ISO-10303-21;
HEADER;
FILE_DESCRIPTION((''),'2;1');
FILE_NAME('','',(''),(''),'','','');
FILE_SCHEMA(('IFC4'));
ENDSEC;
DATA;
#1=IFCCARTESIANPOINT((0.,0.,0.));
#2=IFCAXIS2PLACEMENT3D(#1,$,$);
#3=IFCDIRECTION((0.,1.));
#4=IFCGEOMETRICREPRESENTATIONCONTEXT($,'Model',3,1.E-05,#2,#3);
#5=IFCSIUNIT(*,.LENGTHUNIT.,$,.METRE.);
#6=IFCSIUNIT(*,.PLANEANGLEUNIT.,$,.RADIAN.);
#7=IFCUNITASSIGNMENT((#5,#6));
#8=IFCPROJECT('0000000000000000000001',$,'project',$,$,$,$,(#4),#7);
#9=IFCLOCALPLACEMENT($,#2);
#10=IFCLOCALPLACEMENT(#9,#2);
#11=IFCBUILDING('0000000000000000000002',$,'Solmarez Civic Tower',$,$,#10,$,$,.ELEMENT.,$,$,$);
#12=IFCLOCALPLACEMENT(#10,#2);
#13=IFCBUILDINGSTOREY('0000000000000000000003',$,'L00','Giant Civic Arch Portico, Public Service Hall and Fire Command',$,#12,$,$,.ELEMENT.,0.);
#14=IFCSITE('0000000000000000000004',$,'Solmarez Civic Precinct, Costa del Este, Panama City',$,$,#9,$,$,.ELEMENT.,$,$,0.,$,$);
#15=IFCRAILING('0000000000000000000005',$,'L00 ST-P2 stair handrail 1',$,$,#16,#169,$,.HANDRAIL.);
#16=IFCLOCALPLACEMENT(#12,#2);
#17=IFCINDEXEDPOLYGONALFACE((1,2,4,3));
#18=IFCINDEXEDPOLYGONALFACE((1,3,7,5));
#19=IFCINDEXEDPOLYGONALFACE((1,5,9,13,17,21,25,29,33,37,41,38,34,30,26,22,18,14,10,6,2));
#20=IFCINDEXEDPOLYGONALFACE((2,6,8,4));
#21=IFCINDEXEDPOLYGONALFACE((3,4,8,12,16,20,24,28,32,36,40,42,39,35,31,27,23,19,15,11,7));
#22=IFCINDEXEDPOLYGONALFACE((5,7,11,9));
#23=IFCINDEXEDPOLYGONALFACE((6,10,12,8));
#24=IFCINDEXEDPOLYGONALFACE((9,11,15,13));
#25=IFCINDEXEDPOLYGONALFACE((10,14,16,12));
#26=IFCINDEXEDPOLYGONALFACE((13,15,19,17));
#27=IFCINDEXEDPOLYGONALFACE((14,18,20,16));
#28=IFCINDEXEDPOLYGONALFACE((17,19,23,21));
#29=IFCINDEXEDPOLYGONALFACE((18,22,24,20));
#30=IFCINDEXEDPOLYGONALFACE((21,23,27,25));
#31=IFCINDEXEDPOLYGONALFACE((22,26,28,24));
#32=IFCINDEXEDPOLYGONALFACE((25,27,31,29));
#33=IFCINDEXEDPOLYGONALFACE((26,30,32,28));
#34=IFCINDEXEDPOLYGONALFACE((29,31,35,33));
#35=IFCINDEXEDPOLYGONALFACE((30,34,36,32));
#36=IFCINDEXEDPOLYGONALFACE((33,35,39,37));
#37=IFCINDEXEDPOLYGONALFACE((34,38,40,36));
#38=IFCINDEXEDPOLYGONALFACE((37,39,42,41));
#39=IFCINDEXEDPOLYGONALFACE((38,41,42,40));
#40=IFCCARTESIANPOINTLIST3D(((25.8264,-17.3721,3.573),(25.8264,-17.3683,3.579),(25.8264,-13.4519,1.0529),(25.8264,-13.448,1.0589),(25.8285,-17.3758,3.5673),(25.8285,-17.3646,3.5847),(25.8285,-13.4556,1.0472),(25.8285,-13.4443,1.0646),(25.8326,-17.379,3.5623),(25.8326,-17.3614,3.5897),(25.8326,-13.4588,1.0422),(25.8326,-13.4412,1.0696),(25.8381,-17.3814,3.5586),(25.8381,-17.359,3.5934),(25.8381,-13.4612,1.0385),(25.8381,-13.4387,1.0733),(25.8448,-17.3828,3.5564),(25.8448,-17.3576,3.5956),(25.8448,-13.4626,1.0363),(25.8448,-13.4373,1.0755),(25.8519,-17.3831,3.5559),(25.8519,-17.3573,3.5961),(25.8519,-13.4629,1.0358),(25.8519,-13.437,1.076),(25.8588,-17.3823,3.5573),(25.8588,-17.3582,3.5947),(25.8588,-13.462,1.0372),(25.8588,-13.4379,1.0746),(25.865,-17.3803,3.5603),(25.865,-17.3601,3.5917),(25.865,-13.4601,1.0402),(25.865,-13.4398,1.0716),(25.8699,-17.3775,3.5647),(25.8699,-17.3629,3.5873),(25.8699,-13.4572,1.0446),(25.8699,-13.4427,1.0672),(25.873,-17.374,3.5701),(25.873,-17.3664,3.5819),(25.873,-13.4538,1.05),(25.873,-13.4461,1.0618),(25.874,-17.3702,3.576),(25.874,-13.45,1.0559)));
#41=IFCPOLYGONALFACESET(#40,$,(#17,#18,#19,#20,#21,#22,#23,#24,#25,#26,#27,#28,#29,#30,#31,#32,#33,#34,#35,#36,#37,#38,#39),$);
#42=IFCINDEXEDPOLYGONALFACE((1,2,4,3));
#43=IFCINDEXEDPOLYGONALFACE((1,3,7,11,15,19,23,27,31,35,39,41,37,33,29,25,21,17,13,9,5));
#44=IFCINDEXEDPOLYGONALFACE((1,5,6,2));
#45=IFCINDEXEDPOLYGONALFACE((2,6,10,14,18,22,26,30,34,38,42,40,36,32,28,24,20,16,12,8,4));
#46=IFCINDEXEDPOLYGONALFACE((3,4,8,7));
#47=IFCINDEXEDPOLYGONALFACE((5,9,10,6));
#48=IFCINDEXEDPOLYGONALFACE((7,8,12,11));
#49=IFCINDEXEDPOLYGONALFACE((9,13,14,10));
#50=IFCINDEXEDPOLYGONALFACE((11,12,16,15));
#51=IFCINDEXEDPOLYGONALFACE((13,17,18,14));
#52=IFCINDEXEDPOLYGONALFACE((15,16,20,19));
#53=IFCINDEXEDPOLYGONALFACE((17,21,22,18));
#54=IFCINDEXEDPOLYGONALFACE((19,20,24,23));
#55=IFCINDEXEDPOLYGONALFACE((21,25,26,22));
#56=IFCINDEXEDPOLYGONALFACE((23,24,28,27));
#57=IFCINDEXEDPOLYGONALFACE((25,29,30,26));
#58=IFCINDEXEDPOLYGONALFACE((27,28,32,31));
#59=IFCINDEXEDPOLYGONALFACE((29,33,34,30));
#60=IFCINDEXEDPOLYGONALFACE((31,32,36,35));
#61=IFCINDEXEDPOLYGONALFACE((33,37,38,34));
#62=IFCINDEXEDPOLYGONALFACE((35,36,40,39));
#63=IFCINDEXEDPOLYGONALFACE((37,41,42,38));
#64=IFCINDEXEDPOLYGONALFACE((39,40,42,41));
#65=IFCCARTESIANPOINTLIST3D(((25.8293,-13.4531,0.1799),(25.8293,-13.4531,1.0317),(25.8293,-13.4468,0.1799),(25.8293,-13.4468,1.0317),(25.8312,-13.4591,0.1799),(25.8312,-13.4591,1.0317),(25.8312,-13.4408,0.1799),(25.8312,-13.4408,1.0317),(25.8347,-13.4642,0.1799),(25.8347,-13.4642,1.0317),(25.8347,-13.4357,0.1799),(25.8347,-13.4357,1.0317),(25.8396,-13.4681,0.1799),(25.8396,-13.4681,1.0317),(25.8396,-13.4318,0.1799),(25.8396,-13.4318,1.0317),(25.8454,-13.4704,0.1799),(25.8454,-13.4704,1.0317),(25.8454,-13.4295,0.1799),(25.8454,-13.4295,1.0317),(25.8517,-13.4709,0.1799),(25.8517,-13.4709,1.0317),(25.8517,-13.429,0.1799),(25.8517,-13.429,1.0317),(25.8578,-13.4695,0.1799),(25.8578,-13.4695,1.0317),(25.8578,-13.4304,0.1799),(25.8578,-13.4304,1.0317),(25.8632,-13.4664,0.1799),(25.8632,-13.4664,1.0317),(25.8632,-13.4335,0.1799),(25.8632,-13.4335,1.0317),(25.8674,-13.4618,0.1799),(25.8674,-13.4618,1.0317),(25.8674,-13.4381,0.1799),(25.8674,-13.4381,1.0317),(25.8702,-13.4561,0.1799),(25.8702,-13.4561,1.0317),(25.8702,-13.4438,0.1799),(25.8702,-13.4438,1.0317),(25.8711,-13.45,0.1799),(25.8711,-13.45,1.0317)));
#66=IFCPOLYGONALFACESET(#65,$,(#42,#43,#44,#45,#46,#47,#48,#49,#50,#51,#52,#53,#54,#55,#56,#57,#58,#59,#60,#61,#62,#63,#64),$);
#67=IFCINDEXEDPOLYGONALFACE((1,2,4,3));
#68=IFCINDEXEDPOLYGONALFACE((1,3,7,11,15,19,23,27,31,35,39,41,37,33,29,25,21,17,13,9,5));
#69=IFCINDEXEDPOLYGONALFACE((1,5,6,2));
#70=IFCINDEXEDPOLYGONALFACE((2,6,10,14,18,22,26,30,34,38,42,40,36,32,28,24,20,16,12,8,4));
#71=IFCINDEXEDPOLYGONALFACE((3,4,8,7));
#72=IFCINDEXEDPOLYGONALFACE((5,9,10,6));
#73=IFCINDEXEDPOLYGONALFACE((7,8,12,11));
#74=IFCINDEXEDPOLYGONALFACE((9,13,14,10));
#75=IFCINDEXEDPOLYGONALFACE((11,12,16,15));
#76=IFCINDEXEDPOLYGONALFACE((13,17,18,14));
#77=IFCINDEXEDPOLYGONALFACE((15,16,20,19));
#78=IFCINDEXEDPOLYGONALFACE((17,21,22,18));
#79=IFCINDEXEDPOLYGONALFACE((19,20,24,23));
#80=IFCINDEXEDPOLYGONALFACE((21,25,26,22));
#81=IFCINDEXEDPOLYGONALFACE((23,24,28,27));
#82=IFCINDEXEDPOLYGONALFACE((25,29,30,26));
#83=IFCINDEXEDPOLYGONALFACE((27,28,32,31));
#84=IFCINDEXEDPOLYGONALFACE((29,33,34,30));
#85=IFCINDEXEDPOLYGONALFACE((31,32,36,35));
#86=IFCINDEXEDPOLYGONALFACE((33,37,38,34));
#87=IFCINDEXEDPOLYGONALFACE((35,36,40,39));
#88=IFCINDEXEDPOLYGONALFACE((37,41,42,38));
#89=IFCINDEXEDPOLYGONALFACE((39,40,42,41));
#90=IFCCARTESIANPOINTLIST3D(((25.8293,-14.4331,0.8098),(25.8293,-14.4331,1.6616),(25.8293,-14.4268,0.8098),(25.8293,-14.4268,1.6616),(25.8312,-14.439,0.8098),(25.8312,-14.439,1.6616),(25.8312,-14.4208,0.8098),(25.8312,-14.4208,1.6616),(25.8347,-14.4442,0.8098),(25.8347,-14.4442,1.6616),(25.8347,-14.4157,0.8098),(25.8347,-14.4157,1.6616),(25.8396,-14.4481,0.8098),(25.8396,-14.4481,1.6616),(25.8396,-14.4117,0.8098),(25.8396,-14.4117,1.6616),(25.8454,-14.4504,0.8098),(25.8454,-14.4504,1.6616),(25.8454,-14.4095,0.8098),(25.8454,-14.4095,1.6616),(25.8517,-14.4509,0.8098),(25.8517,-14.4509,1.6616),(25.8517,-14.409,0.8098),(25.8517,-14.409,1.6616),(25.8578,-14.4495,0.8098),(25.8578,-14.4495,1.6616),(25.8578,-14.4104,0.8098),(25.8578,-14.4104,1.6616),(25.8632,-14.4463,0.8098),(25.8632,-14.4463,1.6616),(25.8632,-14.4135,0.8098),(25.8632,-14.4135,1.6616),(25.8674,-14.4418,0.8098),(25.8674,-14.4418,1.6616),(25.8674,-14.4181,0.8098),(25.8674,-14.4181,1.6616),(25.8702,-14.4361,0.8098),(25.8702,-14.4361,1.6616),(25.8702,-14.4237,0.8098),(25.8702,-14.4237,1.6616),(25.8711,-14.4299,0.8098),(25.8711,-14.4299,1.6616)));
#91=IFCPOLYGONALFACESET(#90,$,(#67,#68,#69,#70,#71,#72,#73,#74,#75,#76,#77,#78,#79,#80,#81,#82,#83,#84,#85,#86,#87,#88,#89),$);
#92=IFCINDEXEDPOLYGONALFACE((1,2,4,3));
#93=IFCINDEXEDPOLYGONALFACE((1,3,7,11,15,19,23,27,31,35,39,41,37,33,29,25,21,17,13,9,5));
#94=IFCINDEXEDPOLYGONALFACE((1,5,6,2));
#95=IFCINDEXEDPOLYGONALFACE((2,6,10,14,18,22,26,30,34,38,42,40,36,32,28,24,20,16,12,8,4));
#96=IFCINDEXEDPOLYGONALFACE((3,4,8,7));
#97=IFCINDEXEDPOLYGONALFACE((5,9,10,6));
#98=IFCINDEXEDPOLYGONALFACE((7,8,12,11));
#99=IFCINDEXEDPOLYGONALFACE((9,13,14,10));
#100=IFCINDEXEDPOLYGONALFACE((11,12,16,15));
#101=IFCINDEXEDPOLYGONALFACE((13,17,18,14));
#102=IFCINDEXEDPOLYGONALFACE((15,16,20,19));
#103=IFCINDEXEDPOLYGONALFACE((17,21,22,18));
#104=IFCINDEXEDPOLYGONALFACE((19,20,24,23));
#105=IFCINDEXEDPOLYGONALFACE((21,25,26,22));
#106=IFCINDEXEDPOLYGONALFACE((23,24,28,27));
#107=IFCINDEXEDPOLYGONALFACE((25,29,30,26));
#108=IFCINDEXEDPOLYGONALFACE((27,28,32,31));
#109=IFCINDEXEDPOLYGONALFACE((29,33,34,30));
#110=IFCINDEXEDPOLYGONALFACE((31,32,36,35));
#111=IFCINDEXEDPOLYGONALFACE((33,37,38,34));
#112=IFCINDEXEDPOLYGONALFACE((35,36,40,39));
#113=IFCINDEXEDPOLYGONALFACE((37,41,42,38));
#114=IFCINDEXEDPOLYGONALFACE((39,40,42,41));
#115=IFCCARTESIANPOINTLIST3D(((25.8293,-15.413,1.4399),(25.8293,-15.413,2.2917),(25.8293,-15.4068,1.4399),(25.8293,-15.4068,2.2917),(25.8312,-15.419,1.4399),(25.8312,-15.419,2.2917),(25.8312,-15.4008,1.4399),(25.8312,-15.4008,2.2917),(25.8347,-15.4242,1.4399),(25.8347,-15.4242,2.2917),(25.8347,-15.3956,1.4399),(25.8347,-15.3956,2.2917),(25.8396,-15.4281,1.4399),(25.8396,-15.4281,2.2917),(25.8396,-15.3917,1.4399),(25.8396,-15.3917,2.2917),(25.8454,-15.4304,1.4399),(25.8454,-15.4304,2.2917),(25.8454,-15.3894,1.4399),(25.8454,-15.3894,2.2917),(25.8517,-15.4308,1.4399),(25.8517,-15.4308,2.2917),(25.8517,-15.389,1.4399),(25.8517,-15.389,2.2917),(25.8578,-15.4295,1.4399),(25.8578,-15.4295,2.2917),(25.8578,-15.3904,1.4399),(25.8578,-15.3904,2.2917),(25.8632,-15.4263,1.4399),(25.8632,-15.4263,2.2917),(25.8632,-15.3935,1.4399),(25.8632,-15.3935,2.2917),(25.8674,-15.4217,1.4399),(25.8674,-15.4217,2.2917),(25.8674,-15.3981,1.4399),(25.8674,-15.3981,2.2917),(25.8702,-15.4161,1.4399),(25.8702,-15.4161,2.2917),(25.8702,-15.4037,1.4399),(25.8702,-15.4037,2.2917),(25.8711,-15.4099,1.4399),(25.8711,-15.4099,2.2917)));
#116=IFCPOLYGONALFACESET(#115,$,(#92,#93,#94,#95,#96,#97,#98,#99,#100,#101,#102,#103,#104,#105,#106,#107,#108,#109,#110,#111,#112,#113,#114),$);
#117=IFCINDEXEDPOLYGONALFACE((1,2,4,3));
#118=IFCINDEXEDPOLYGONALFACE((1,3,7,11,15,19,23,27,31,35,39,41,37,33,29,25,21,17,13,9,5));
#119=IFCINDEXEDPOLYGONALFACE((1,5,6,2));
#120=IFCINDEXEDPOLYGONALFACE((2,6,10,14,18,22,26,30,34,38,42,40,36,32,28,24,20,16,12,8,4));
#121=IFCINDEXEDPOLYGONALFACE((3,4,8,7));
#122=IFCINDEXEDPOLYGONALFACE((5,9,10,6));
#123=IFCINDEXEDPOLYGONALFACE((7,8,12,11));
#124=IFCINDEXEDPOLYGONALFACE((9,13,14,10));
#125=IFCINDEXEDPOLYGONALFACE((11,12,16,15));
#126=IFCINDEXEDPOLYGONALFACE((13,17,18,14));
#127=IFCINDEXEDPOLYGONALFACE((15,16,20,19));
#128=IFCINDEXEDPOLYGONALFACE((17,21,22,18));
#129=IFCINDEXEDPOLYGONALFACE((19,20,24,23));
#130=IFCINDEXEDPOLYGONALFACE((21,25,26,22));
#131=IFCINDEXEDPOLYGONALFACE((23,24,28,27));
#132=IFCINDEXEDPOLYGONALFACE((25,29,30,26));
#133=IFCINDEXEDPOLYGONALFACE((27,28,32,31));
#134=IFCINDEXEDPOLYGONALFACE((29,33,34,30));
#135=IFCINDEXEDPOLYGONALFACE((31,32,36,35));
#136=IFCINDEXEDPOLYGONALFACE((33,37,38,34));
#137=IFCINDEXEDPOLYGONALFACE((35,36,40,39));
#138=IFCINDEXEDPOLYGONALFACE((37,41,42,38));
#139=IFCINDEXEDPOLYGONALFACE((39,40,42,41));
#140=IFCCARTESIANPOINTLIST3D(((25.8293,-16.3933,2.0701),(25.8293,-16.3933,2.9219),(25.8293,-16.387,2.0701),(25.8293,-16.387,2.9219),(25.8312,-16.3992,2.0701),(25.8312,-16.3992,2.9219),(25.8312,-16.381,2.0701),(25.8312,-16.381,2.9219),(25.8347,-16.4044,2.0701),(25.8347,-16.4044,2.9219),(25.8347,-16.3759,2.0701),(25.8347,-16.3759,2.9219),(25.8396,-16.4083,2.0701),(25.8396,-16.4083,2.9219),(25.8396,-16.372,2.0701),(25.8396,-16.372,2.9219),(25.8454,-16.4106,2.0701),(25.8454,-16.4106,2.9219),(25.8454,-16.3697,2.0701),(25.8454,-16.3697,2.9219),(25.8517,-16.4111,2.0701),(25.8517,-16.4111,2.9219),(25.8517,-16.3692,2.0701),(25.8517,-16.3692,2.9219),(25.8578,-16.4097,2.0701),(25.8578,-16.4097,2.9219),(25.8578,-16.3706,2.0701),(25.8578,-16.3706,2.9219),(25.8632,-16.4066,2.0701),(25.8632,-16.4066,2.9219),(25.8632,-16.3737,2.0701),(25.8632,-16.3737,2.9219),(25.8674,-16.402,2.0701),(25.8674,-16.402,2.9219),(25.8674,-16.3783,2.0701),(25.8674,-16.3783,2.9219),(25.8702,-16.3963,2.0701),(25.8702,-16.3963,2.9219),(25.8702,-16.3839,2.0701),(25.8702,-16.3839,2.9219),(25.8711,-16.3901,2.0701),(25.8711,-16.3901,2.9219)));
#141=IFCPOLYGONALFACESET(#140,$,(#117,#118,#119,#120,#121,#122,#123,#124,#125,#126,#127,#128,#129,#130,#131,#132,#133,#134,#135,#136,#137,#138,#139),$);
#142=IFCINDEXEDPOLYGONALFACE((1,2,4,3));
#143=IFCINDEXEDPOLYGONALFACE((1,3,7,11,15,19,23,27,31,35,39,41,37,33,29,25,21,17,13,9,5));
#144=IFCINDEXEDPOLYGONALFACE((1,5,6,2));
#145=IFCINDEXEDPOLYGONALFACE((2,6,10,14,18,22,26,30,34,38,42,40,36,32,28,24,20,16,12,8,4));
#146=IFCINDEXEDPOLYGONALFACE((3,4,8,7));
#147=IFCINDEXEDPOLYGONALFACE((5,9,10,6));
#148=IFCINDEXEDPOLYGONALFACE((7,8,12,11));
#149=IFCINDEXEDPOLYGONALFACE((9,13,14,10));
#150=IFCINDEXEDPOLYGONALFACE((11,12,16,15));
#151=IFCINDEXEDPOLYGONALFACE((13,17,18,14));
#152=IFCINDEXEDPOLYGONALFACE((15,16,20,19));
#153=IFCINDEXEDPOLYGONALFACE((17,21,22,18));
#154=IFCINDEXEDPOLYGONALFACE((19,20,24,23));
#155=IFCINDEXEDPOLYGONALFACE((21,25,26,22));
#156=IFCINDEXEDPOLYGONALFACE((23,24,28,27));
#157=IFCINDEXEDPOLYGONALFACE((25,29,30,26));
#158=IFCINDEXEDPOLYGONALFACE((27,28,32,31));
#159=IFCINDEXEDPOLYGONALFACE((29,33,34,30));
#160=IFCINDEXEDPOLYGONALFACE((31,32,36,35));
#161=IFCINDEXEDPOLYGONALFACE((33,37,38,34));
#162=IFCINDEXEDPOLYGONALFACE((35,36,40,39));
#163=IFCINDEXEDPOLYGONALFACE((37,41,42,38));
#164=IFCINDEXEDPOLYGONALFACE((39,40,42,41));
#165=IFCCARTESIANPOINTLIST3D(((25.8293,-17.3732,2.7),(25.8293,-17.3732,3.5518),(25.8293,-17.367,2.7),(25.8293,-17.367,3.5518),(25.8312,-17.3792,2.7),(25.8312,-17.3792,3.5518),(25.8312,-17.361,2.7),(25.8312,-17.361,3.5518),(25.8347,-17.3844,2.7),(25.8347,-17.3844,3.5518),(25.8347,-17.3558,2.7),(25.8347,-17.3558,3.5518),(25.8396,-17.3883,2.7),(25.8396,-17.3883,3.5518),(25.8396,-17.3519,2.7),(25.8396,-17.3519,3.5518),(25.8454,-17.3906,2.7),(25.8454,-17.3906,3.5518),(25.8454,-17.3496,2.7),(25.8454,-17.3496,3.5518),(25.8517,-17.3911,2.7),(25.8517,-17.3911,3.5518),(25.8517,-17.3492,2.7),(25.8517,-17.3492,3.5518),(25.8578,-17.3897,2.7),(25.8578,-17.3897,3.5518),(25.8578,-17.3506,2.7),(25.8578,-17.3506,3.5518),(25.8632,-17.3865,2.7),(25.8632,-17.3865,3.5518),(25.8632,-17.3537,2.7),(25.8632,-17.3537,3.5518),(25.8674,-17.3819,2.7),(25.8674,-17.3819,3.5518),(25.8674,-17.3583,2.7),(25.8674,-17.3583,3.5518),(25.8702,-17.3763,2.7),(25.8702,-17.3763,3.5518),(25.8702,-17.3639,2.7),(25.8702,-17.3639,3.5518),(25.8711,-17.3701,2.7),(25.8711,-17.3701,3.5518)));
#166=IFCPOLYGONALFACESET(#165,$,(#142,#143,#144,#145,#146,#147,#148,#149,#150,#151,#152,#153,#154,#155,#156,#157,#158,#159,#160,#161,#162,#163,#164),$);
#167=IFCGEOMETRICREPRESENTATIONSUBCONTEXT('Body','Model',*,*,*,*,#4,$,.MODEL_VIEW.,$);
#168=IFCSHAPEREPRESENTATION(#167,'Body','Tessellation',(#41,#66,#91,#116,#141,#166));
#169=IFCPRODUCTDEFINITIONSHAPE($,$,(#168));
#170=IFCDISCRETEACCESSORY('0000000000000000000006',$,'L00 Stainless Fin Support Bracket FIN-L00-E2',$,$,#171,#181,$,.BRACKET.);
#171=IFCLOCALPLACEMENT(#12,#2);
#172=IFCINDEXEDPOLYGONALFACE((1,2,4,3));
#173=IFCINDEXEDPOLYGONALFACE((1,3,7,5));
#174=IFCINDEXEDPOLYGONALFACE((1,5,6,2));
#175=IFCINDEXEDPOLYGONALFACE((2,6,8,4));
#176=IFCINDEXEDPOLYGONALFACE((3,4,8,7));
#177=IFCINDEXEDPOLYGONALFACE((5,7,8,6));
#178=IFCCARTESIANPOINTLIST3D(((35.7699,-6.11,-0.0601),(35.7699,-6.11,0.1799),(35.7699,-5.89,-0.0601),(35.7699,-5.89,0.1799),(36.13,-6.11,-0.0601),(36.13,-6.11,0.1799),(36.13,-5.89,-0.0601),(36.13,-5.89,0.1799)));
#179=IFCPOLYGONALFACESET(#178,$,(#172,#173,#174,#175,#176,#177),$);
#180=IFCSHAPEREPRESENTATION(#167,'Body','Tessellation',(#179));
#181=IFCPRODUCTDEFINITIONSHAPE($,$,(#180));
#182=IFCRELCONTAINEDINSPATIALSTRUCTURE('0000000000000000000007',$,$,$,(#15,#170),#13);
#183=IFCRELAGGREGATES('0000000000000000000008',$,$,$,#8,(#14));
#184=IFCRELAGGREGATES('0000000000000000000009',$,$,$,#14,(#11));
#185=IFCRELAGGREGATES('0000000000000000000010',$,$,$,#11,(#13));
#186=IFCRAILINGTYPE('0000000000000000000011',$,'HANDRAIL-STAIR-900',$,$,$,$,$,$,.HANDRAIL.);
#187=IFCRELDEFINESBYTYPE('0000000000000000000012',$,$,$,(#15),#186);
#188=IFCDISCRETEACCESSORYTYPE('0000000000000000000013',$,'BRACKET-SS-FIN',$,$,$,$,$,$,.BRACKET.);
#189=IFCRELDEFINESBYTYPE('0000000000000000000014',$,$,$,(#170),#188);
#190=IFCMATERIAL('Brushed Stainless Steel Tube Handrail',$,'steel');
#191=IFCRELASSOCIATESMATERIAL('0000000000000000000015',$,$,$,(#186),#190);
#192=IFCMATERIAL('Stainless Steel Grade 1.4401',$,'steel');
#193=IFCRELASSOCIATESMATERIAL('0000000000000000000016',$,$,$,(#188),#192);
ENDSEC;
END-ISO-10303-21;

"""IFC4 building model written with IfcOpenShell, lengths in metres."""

from ifc_helpers import new_model, si_unit, direction, frame, origin, origin_2d, place, context, subcontext, project, spatial, rectangle, circle, extrude, material, type_object, element, save


model = new_model("IFC4")

# Units and contexts
model_context = context("Model", 3, precision=1e-05, world=origin(), true_north=direction((0.0, 1.0)))
body_context = subcontext(model_context, "Body", "Model", "MODEL_VIEW")
ifc_project = project(units=[si_unit("LENGTHUNIT", "METRE"), si_unit("PLANEANGLEUNIT", "RADIAN")], contexts=[model_context])

# Site, building, storey
site_placement = place(None, origin())
site = spatial("IfcSite", under=ifc_project, at=site_placement, Name="Solmarez Civic Precinct, Costa del Este, Panama City", CompositionType="ELEMENT", RefElevation=0.0)
building_placement = place(site_placement, origin())
building = spatial("IfcBuilding", under=site, at=building_placement, Name="Solmarez Civic Tower", CompositionType="ELEMENT")
storey_placement = place(building_placement, origin())
storey = spatial("IfcBuildingStorey", under=building, at=storey_placement, Name="L00", Description="Giant Civic Arch Portico, Public Service Hall and Fire Command", CompositionType="ELEMENT", Elevation=0.0)

# Railing
ifc_material_1 = material(Name="Brushed Stainless Steel Tube Handrail", Category="steel")
railing_type_1 = type_object("IfcRailingType", Name="HANDRAIL-STAIR-900", PredefinedType="HANDRAIL", material=ifc_material_1)
railing_1_placement = place(storey_placement, frame((25.8501, -13.45, 0.1799)))
element("IfcRailing", 1, at=railing_1_placement, inside=storey, type_object=railing_type_1, Name="L00 ST-P2 stair handrail 1", PredefinedType="HANDRAIL", context=body_context, shape_type="SweptSolid", body=[
    extrude(circle(Radius=0.0239, at=origin_2d()), frame((0.0, 0.0, 0.876), z_axis=(0.0, -0.841187, 0.540744), x_axis=(1.0, 0.0, 0.0)), (0.0, 0.0, 1.0), 4.6604),
    extrude(circle(Radius=0.021, at=origin_2d()), origin(), (0.0, 0.0, 1.0), 0.8518),
    extrude(circle(Radius=0.021, at=origin_2d()), frame((0.0, -0.98, 0.6299)), (0.0, 0.0, 1.0), 0.8518),
    extrude(circle(Radius=0.021, at=origin_2d()), frame((0.0, -1.96, 1.26)), (0.0, 0.0, 1.0), 0.8518),
    extrude(circle(Radius=0.021, at=origin_2d()), frame((0.0, -2.9402, 1.8901)), (0.0, 0.0, 1.0), 0.8518),
    extrude(circle(Radius=0.021, at=origin_2d()), frame((0.0, -3.9202, 2.52)), (0.0, 0.0, 1.0), 0.8518),
])

# Discrete accessory
ifc_material_2 = material(Name="Stainless Steel Grade 1.4401", Category="steel")
discrete_accessory_type = type_object("IfcDiscreteAccessoryType", Name="BRACKET-SS-FIN", PredefinedType="BRACKET", material=ifc_material_2)
discrete_accessory_placement = place(storey_placement, frame((35.95, -6.0, -0.0601), z_axis=(0.0, 0.0, 1.0), x_axis=(1.0, 0.0, 0.0)))
element("IfcDiscreteAccessory", 2, at=discrete_accessory_placement, inside=storey, type_object=discrete_accessory_type, Name="L00 Stainless Fin Support Bracket FIN-L00-E2", PredefinedType="BRACKET", context=body_context, shape_type="SweptSolid", body=[
    extrude(rectangle(XDim=0.3601, YDim=0.22, at=origin_2d()), origin(), (0.0, 0.0, 1.0), 0.24),
])

save(model, "model.ifc")
